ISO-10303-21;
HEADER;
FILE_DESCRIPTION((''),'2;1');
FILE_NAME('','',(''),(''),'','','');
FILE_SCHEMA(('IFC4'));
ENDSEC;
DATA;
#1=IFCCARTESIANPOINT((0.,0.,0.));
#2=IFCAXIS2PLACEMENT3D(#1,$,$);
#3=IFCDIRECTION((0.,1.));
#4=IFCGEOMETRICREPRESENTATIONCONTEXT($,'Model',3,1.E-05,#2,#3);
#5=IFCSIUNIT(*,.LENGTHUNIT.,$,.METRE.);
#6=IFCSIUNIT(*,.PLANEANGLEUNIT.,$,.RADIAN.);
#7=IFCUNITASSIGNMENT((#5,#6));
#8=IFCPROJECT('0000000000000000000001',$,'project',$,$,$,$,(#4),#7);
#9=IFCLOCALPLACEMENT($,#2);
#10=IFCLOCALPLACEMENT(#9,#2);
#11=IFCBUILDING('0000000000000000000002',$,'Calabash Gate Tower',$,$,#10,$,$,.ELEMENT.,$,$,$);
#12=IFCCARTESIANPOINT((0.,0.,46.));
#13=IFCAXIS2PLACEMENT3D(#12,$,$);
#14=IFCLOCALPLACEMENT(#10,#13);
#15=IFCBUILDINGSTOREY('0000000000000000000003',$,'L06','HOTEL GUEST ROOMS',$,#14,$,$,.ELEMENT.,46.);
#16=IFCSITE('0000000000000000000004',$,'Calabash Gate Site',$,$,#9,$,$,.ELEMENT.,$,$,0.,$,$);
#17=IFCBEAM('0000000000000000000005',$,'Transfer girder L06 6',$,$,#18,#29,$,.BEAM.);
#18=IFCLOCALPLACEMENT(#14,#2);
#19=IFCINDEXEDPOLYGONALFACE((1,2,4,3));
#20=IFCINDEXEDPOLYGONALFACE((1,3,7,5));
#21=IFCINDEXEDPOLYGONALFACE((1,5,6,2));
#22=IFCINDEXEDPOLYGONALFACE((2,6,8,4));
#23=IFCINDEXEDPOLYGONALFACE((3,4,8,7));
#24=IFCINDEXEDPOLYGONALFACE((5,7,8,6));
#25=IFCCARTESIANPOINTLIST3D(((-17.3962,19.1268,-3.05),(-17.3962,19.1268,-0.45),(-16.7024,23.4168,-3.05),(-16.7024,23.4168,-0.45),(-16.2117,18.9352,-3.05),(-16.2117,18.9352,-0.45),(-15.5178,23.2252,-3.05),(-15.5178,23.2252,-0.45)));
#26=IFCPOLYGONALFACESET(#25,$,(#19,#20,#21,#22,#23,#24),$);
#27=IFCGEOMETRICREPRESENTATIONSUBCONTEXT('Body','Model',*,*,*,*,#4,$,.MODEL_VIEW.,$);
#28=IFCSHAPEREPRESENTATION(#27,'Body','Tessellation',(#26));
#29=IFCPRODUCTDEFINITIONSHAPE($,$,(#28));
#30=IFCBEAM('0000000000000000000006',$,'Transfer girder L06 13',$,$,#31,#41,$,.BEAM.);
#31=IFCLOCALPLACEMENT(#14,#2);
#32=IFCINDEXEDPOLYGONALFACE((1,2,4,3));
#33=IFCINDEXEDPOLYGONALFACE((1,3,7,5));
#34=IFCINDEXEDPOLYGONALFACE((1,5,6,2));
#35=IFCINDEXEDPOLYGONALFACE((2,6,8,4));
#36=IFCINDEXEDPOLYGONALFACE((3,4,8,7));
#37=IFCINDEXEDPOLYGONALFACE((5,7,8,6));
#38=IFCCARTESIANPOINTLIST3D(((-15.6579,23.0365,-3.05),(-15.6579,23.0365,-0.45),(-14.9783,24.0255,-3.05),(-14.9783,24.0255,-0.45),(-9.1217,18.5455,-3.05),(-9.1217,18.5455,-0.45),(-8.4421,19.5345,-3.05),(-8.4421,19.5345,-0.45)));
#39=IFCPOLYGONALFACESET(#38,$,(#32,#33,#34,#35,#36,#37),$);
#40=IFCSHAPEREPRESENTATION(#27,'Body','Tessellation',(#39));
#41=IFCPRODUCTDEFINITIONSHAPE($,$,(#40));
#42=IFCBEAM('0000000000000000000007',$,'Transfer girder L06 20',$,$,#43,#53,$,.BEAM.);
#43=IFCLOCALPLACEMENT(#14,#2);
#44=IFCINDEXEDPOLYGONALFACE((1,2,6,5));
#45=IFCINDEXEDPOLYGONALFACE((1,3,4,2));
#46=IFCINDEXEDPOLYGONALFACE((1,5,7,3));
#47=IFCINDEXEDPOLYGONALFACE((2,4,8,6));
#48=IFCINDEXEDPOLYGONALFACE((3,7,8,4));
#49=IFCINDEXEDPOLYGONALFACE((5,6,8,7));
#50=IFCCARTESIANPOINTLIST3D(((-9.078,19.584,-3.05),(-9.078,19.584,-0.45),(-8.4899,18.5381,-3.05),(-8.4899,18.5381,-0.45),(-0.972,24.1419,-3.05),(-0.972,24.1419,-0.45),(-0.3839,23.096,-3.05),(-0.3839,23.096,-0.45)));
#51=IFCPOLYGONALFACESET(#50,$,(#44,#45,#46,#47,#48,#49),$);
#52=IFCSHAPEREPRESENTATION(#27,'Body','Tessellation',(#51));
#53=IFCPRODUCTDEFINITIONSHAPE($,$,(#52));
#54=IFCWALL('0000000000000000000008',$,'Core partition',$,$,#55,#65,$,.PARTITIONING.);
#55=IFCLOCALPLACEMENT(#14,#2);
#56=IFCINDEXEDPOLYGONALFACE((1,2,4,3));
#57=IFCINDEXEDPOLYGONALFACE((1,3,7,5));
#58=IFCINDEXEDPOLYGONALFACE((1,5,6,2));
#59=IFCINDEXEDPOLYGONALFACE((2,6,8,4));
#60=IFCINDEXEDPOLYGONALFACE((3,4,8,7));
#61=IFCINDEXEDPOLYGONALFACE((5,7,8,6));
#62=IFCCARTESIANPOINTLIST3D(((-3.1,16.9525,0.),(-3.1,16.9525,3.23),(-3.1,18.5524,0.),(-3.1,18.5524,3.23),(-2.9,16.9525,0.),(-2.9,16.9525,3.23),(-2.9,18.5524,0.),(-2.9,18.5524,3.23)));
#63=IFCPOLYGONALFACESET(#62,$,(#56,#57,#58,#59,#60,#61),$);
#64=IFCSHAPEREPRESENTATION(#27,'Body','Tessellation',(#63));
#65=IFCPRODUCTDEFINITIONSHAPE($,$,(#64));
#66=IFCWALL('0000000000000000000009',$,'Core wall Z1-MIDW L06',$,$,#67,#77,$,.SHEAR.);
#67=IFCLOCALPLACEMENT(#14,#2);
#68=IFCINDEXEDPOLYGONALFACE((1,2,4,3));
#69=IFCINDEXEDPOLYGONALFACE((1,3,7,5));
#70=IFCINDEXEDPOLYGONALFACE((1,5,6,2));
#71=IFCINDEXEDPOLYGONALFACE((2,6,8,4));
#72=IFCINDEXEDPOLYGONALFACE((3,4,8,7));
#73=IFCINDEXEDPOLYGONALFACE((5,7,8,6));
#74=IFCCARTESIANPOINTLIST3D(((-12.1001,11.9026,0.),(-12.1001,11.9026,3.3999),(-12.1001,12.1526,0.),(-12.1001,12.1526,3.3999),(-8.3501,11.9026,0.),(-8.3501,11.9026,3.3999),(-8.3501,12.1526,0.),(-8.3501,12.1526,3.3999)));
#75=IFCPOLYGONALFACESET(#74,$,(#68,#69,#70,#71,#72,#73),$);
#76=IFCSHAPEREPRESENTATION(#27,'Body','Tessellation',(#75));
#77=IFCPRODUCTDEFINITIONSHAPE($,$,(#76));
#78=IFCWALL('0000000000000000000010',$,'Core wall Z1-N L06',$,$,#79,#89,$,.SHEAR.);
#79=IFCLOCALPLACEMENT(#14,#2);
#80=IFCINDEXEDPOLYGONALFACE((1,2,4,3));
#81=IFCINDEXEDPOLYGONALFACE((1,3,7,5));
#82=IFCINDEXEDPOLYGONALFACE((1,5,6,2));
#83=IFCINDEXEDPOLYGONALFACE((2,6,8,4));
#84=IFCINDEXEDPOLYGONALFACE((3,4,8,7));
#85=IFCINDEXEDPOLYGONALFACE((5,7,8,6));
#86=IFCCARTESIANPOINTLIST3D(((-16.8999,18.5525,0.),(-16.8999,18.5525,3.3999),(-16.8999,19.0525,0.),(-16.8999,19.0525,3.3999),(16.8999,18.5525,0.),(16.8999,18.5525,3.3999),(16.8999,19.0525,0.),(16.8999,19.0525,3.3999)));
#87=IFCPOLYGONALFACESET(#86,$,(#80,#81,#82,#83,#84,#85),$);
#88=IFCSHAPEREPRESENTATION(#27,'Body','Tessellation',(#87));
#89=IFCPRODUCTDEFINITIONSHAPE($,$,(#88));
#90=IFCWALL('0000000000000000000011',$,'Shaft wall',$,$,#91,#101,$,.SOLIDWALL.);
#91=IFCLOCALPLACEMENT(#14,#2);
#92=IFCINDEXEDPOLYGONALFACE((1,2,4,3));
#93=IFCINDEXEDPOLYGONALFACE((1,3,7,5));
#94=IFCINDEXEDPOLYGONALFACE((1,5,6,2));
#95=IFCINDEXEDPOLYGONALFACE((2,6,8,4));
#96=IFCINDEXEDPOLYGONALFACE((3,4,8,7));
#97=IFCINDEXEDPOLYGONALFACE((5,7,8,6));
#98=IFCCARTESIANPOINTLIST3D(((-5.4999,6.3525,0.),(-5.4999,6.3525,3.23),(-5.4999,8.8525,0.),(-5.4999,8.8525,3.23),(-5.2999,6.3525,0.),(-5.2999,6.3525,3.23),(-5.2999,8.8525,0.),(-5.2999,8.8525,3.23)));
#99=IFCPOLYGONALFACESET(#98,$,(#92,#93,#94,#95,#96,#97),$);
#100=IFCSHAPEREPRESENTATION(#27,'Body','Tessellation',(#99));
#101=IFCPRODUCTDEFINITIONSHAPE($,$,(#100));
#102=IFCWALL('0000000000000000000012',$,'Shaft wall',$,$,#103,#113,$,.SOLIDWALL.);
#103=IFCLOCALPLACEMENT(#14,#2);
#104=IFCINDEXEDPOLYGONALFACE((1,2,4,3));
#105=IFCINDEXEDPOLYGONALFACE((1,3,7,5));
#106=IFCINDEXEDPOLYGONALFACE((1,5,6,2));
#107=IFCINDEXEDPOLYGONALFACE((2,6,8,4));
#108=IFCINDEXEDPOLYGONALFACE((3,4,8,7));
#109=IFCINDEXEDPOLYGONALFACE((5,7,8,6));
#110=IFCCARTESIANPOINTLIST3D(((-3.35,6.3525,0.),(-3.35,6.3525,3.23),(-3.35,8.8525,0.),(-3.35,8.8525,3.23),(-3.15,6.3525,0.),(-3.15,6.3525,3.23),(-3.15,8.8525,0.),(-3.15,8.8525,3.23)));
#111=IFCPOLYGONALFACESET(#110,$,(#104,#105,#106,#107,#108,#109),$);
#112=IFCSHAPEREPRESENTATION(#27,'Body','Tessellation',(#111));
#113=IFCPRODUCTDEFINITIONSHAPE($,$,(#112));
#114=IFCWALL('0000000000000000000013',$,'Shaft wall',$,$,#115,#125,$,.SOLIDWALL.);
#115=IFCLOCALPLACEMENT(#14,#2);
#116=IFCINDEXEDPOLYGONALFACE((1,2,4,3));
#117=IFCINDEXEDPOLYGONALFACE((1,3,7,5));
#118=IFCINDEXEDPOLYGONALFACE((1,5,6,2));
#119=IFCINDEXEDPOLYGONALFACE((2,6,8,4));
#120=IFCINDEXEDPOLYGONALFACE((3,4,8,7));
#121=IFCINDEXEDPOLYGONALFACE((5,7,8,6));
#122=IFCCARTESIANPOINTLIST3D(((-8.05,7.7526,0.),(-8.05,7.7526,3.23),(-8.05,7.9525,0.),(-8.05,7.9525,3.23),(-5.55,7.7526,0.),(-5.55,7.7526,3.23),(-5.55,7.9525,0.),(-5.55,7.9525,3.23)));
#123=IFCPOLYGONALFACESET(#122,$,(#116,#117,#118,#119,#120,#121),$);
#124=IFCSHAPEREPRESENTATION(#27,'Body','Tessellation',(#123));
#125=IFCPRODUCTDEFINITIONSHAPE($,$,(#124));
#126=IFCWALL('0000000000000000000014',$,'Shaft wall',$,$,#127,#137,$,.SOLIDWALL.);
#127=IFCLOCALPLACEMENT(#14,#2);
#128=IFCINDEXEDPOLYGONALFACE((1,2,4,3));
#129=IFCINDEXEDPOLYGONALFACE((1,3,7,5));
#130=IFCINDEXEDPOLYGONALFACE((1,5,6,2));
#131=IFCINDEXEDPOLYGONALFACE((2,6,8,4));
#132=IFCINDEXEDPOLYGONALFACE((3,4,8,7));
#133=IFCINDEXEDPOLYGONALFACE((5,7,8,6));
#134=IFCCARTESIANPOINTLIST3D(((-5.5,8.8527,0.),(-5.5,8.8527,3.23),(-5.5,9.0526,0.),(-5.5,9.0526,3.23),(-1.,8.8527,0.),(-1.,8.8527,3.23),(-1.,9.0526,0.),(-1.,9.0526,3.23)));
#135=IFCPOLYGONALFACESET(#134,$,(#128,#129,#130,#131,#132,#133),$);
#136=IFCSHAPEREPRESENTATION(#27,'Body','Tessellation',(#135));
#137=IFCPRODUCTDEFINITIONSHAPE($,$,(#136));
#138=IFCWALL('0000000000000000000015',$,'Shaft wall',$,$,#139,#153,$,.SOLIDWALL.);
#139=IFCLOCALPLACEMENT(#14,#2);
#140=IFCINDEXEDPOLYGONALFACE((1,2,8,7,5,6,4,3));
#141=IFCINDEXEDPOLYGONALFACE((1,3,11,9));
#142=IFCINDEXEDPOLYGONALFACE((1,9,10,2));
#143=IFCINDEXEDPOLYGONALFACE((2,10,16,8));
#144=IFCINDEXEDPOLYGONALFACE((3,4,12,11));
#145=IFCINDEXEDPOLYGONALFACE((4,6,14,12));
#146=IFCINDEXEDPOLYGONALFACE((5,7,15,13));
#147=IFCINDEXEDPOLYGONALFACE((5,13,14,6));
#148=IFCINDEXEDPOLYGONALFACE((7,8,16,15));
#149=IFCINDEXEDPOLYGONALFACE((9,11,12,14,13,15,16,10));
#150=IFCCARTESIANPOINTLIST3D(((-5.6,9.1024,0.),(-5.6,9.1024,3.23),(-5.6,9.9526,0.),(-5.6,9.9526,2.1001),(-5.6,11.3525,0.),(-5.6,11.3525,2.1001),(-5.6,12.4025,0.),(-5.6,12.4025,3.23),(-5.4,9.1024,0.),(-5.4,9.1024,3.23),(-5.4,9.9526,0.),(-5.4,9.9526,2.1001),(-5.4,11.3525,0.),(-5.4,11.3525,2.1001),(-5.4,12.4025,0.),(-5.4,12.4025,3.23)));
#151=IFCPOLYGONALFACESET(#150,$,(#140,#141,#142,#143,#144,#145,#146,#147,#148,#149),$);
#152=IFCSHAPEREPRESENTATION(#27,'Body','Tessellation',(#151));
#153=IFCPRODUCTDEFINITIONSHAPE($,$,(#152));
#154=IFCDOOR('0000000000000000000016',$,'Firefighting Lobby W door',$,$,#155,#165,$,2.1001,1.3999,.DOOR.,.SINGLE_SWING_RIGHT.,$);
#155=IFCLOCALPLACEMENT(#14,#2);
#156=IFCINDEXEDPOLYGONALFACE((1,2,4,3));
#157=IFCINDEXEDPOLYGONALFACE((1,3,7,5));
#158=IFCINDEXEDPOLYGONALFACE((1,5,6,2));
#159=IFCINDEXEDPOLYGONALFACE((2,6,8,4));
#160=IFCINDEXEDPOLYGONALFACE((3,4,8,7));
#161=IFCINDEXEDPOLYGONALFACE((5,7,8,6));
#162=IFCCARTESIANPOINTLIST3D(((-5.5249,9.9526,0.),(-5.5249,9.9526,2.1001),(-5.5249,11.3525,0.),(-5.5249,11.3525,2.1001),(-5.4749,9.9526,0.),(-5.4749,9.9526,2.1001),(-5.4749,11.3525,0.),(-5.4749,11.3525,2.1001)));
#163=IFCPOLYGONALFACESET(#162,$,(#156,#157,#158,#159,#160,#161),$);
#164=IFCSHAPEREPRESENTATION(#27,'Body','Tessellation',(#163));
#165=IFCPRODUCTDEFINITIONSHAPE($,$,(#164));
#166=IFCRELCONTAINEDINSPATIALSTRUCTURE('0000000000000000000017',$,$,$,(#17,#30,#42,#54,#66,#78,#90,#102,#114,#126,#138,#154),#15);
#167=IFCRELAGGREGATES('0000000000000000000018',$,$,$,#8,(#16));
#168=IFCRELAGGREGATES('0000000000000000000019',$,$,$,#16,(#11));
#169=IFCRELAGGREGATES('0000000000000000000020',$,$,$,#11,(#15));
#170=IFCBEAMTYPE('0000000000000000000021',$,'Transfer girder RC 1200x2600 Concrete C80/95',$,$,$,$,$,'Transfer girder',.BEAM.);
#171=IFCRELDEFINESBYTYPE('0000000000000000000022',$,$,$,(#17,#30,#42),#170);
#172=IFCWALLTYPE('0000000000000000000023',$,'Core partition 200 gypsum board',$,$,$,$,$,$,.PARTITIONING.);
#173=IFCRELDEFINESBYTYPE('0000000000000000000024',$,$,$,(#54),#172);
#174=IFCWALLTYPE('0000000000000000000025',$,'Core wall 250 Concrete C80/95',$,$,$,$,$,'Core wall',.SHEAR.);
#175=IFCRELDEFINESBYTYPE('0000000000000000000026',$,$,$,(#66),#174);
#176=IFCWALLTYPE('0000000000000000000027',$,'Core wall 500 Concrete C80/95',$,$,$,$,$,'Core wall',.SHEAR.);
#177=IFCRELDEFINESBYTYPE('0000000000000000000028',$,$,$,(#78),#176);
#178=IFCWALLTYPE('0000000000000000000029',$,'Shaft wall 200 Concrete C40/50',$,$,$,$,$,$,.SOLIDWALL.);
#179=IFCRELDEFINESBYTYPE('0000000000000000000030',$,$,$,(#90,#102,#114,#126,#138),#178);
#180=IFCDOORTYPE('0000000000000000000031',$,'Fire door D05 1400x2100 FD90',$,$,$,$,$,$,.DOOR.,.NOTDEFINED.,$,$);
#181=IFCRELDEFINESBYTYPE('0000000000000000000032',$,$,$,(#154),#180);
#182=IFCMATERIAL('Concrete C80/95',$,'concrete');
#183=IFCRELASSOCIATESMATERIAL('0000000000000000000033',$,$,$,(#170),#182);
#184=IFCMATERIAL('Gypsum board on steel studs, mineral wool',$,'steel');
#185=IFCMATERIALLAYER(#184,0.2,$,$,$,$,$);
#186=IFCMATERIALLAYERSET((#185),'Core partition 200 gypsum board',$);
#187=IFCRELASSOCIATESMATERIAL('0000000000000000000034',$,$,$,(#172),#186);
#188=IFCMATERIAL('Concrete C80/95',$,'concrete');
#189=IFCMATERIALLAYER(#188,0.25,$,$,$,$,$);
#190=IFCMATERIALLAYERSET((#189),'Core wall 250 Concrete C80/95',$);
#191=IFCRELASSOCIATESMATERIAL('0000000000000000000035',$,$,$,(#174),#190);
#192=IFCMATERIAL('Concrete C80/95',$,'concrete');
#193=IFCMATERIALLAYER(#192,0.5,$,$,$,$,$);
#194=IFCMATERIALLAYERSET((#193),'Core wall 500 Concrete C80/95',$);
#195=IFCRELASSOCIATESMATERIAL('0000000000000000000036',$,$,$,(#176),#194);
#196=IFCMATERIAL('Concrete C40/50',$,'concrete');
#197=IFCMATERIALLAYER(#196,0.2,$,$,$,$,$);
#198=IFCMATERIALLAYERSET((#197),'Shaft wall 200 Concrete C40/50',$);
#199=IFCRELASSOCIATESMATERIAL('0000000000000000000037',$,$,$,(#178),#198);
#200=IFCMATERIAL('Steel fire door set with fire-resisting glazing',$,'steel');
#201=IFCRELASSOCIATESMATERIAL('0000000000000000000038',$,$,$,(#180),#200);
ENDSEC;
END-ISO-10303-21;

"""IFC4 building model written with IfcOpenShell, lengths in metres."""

from ifc_helpers import new_model, si_unit, direction, frame, frame_2d, origin, origin_2d, place, context, subcontext, project, spatial, rectangle, extrude, material, layer, layer_set, material_profile, profile_set, type_object, element, fill, save


model = new_model("IFC4")

# Units and contexts
model_context = context("Model", 3, precision=1e-05, world=origin(), true_north=direction((0.0, 1.0)))
body_context = subcontext(model_context, "Body", "Model", "MODEL_VIEW")
ifc_project = project(units=[si_unit("LENGTHUNIT", "METRE"), si_unit("PLANEANGLEUNIT", "RADIAN")], contexts=[model_context])

# Site, building, storey
site_placement = place(None, origin())
site = spatial("IfcSite", under=ifc_project, at=site_placement, Name="Calabash Gate Site", CompositionType="ELEMENT", RefElevation=0.0)
building_placement = place(site_placement, origin())
building = spatial("IfcBuilding", under=site, at=building_placement, Name="Calabash Gate Tower", CompositionType="ELEMENT")
storey_placement = place(building_placement, frame((0.0, 0.0, 46.0)))
storey = spatial("IfcBuildingStorey", under=building, at=storey_placement, Name="L06", Description="HOTEL GUEST ROOMS", CompositionType="ELEMENT", Elevation=46.0)

# Beams
ifc_material_1 = material(Name="Concrete C80/95", Category="concrete")
ifc_material_profile = material_profile(ifc_material_1, rectangle(XDim=1.2, YDim=2.6001, at=origin_2d()))
ifc_profile_set = profile_set([ifc_material_profile], Name="Concrete C80/95")
beam_type = type_object("IfcBeamType", Name="Transfer girder RC 1200x2600 Concrete C80/95", ElementType="Transfer girder", PredefinedType="BEAM", material=ifc_profile_set)
beam_1_placement = place(storey_placement, frame((-16.804, 19.031, -1.75), z_axis=(0.15966, 0.987172, 0.0), x_axis=(-0.987172, 0.15966, 0.0)))
element("IfcBeam", 1, at=beam_1_placement, inside=storey, type_object=beam_type, Name="Transfer girder L06 6", PredefinedType="BEAM", context=body_context, shape_type="SweptSolid", body=[
    extrude(rectangle(XDim=1.2, YDim=2.6001, at=origin_2d()), origin(), (0.0, 0.0, 1.0), 4.3457),
])
beam_2_placement = place(storey_placement, frame((-15.3181, 23.531, -1.75), z_axis=(0.824196, -0.566304, 0.0), x_axis=(0.566304, 0.824196, 0.0)))
element("IfcBeam", 2, at=beam_2_placement, inside=storey, type_object=beam_type, Name="Transfer girder L06 13", PredefinedType="BEAM", context=body_context, shape_type="SweptSolid", body=[
    extrude(rectangle(XDim=1.2, YDim=2.6001, at=origin_2d()), origin(), (0.0, 0.0, 1.0), 7.9304),
])
beam_3_placement = place(storey_placement, frame((-8.7839, 19.061, -1.75), z_axis=(0.871655, 0.490119, 0.0), x_axis=(-0.490119, 0.871655, 0.0)))
element("IfcBeam", 3, at=beam_3_placement, inside=storey, type_object=beam_type, Name="Transfer girder L06 20", PredefinedType="BEAM", context=body_context, shape_type="SweptSolid", body=[
    extrude(rectangle(XDim=1.2, YDim=2.6001, at=origin_2d()), origin(), (0.0, 0.0, 1.0), 9.2996),
])

# Walls
ifc_material_2 = material(Name="Gypsum board on steel studs, mineral wool", Category="steel")
ifc_layer_1 = layer(ifc_material_2, 0.2)
ifc_layer_set_1 = layer_set([ifc_layer_1], Name="Core partition 200 gypsum board")
wall_type_1 = type_object("IfcWallType", Name="Core partition 200 gypsum board", PredefinedType="PARTITIONING", material=ifc_layer_set_1)
wall_1_placement = place(storey_placement, frame((-3.0, 16.9526, 0.0), z_axis=(0.0, 0.0, 1.0), x_axis=(0.0, 1.0, 0.0)))
element("IfcWall", 4, at=wall_1_placement, inside=storey, type_object=wall_type_1, Name="Core partition", PredefinedType="PARTITIONING", context=body_context, shape_type="SweptSolid", body=[
    extrude(rectangle(XDim=1.5999, YDim=0.2, at=frame_2d((0.7998, 0.0))), origin(), (0.0, 0.0, 1.0), 3.23),
])
ifc_material_3 = material(Name="Concrete C80/95", Category="concrete")
ifc_layer_2 = layer(ifc_material_3, 0.25)
ifc_layer_set_2 = layer_set([ifc_layer_2], Name="Core wall 250 Concrete C80/95")
wall_type_2 = type_object("IfcWallType", Name="Core wall 250 Concrete C80/95", ElementType="Core wall", PredefinedType="SHEAR", material=ifc_layer_set_2)
wall_2_placement = place(storey_placement, frame((-12.1001, 12.0276, 0.0), z_axis=(0.0, 0.0, 1.0), x_axis=(1.0, 0.0, 0.0)))
element("IfcWall", 5, at=wall_2_placement, inside=storey, type_object=wall_type_2, Name="Core wall Z1-MIDW L06", PredefinedType="SHEAR", context=body_context, shape_type="SweptSolid", body=[
    extrude(rectangle(XDim=3.75, YDim=0.25, at=frame_2d((1.875, 0.0))), origin(), (0.0, 0.0, 1.0), 3.3999),
])
ifc_material_4 = material(Name="Concrete C80/95", Category="concrete")
ifc_layer_3 = layer(ifc_material_4, 0.5)
ifc_layer_set_3 = layer_set([ifc_layer_3], Name="Core wall 500 Concrete C80/95")
wall_type_3 = type_object("IfcWallType", Name="Core wall 500 Concrete C80/95", ElementType="Core wall", PredefinedType="SHEAR", material=ifc_layer_set_3)
wall_3_placement = place(storey_placement, frame((-16.8999, 18.8025, 0.0), z_axis=(0.0, 0.0, 1.0), x_axis=(1.0, 0.0, 0.0)))
element("IfcWall", 6, at=wall_3_placement, inside=storey, type_object=wall_type_3, Name="Core wall Z1-N L06", PredefinedType="SHEAR", context=body_context, shape_type="SweptSolid", body=[
    extrude(rectangle(XDim=33.7998, YDim=0.5, at=frame_2d((16.8999, 0.0))), origin(), (0.0, 0.0, 1.0), 3.3999),
])
ifc_material_5 = material(Name="Concrete C40/50", Category="concrete")
ifc_layer_4 = layer(ifc_material_5, 0.2)
ifc_layer_set_4 = layer_set([ifc_layer_4], Name="Shaft wall 200 Concrete C40/50")
wall_type_4 = type_object("IfcWallType", Name="Shaft wall 200 Concrete C40/50", PredefinedType="SOLIDWALL", material=ifc_layer_set_4)
for number, where, z_axis, x_axis, name in (
    (7, (-5.3999, 6.3525, 0.0), (0.0, 0.0, 1.0), (0.0, 1.0, 0.0), "Shaft wall"),
    (8, (-3.25, 6.3525, 0.0), (0.0, 0.0, 1.0), (0.0, 1.0, 0.0), "Shaft wall"),
    (9, (-8.05, 7.8525, 0.0), (0.0, 0.0, 1.0), (1.0, 0.0, 0.0), "Shaft wall"),
):
    element("IfcWall", number, at=place(storey_placement, frame(where, z_axis=z_axis, x_axis=x_axis)), inside=storey, type_object=wall_type_4, Name=name, PredefinedType="SOLIDWALL", context=body_context, shape_type="SweptSolid", body=[
        extrude(rectangle(XDim=2.5, YDim=0.2, at=frame_2d((1.25, 0.0))), origin(), (0.0, 0.0, 1.0), 3.23),
    ])
wall_4_placement = place(storey_placement, frame((-5.5, 8.9526, 0.0), z_axis=(0.0, 0.0, 1.0), x_axis=(1.0, 0.0, 0.0)))
element("IfcWall", 10, at=wall_4_placement, inside=storey, type_object=wall_type_4, Name="Shaft wall", PredefinedType="SOLIDWALL", context=body_context, shape_type="SweptSolid", body=[
    extrude(rectangle(XDim=4.5, YDim=0.2, at=frame_2d((2.25, 0.0))), origin(), (0.0, 0.0, 1.0), 3.23),
])

# Wall, opening, door
wall_5_placement = place(storey_placement, frame((-5.5, 9.1025, 0.0), z_axis=(0.0, 0.0, 1.0), x_axis=(0.0, 1.0, 0.0)))
wall_5 = element("IfcWall", 11, at=wall_5_placement, inside=storey, type_object=wall_type_4, Name="Shaft wall", PredefinedType="SOLIDWALL", context=body_context, shape_type="SweptSolid", body=[
    extrude(rectangle(XDim=3.3, YDim=0.2, at=frame_2d((1.6499, 0.0))), origin(), (0.0, 0.0, 1.0), 3.23),
])
opening_1_placement = place(wall_5_placement, frame((0.8501, 0.0, 0.0)))
opening_1 = element("IfcOpeningElement", 12, at=opening_1_placement, cuts=wall_5, PredefinedType="OPENING", context=body_context, shape_type="SweptSolid", body=[
    extrude(rectangle(XDim=1.3999, YDim=2.1001, at=frame_2d((0.7, 1.05))), frame((0.0, 0.1099, 0.0), z_axis=(0.0, -1.0, 0.0), x_axis=(1.0, 0.0, 0.0)), (0.0, 0.0, 1.0), 0.22),
])
ifc_material_6 = material(Name="Steel fire door set with fire-resisting glazing", Category="steel")
door_type_1 = type_object("IfcDoorType", Name="Fire door D05 1400x2100 FD90", OperationType="NOTDEFINED", PredefinedType="DOOR", material=ifc_material_6)
door_1_placement = place(opening_1_placement, origin())
door_1 = element("IfcDoor", 13, at=door_1_placement, inside=storey, type_object=door_type_1, Name="Firefighting Lobby W door", OperationType="SINGLE_SWING_RIGHT", OverallHeight=2.1001, OverallWidth=1.3999, PredefinedType="DOOR", context=body_context, shape_type="SweptSolid", body=[
    extrude(rectangle(XDim=1.3999, YDim=2.1001, at=frame_2d((0.7, 1.05))), frame((0.0, 0.0249, 0.0), z_axis=(0.0, -1.0, 0.0), x_axis=(1.0, 0.0, 0.0)), (0.0, 0.0, 1.0), 0.05),
])
fill(opening_1, door_1)

save(model, "model.ifc")
